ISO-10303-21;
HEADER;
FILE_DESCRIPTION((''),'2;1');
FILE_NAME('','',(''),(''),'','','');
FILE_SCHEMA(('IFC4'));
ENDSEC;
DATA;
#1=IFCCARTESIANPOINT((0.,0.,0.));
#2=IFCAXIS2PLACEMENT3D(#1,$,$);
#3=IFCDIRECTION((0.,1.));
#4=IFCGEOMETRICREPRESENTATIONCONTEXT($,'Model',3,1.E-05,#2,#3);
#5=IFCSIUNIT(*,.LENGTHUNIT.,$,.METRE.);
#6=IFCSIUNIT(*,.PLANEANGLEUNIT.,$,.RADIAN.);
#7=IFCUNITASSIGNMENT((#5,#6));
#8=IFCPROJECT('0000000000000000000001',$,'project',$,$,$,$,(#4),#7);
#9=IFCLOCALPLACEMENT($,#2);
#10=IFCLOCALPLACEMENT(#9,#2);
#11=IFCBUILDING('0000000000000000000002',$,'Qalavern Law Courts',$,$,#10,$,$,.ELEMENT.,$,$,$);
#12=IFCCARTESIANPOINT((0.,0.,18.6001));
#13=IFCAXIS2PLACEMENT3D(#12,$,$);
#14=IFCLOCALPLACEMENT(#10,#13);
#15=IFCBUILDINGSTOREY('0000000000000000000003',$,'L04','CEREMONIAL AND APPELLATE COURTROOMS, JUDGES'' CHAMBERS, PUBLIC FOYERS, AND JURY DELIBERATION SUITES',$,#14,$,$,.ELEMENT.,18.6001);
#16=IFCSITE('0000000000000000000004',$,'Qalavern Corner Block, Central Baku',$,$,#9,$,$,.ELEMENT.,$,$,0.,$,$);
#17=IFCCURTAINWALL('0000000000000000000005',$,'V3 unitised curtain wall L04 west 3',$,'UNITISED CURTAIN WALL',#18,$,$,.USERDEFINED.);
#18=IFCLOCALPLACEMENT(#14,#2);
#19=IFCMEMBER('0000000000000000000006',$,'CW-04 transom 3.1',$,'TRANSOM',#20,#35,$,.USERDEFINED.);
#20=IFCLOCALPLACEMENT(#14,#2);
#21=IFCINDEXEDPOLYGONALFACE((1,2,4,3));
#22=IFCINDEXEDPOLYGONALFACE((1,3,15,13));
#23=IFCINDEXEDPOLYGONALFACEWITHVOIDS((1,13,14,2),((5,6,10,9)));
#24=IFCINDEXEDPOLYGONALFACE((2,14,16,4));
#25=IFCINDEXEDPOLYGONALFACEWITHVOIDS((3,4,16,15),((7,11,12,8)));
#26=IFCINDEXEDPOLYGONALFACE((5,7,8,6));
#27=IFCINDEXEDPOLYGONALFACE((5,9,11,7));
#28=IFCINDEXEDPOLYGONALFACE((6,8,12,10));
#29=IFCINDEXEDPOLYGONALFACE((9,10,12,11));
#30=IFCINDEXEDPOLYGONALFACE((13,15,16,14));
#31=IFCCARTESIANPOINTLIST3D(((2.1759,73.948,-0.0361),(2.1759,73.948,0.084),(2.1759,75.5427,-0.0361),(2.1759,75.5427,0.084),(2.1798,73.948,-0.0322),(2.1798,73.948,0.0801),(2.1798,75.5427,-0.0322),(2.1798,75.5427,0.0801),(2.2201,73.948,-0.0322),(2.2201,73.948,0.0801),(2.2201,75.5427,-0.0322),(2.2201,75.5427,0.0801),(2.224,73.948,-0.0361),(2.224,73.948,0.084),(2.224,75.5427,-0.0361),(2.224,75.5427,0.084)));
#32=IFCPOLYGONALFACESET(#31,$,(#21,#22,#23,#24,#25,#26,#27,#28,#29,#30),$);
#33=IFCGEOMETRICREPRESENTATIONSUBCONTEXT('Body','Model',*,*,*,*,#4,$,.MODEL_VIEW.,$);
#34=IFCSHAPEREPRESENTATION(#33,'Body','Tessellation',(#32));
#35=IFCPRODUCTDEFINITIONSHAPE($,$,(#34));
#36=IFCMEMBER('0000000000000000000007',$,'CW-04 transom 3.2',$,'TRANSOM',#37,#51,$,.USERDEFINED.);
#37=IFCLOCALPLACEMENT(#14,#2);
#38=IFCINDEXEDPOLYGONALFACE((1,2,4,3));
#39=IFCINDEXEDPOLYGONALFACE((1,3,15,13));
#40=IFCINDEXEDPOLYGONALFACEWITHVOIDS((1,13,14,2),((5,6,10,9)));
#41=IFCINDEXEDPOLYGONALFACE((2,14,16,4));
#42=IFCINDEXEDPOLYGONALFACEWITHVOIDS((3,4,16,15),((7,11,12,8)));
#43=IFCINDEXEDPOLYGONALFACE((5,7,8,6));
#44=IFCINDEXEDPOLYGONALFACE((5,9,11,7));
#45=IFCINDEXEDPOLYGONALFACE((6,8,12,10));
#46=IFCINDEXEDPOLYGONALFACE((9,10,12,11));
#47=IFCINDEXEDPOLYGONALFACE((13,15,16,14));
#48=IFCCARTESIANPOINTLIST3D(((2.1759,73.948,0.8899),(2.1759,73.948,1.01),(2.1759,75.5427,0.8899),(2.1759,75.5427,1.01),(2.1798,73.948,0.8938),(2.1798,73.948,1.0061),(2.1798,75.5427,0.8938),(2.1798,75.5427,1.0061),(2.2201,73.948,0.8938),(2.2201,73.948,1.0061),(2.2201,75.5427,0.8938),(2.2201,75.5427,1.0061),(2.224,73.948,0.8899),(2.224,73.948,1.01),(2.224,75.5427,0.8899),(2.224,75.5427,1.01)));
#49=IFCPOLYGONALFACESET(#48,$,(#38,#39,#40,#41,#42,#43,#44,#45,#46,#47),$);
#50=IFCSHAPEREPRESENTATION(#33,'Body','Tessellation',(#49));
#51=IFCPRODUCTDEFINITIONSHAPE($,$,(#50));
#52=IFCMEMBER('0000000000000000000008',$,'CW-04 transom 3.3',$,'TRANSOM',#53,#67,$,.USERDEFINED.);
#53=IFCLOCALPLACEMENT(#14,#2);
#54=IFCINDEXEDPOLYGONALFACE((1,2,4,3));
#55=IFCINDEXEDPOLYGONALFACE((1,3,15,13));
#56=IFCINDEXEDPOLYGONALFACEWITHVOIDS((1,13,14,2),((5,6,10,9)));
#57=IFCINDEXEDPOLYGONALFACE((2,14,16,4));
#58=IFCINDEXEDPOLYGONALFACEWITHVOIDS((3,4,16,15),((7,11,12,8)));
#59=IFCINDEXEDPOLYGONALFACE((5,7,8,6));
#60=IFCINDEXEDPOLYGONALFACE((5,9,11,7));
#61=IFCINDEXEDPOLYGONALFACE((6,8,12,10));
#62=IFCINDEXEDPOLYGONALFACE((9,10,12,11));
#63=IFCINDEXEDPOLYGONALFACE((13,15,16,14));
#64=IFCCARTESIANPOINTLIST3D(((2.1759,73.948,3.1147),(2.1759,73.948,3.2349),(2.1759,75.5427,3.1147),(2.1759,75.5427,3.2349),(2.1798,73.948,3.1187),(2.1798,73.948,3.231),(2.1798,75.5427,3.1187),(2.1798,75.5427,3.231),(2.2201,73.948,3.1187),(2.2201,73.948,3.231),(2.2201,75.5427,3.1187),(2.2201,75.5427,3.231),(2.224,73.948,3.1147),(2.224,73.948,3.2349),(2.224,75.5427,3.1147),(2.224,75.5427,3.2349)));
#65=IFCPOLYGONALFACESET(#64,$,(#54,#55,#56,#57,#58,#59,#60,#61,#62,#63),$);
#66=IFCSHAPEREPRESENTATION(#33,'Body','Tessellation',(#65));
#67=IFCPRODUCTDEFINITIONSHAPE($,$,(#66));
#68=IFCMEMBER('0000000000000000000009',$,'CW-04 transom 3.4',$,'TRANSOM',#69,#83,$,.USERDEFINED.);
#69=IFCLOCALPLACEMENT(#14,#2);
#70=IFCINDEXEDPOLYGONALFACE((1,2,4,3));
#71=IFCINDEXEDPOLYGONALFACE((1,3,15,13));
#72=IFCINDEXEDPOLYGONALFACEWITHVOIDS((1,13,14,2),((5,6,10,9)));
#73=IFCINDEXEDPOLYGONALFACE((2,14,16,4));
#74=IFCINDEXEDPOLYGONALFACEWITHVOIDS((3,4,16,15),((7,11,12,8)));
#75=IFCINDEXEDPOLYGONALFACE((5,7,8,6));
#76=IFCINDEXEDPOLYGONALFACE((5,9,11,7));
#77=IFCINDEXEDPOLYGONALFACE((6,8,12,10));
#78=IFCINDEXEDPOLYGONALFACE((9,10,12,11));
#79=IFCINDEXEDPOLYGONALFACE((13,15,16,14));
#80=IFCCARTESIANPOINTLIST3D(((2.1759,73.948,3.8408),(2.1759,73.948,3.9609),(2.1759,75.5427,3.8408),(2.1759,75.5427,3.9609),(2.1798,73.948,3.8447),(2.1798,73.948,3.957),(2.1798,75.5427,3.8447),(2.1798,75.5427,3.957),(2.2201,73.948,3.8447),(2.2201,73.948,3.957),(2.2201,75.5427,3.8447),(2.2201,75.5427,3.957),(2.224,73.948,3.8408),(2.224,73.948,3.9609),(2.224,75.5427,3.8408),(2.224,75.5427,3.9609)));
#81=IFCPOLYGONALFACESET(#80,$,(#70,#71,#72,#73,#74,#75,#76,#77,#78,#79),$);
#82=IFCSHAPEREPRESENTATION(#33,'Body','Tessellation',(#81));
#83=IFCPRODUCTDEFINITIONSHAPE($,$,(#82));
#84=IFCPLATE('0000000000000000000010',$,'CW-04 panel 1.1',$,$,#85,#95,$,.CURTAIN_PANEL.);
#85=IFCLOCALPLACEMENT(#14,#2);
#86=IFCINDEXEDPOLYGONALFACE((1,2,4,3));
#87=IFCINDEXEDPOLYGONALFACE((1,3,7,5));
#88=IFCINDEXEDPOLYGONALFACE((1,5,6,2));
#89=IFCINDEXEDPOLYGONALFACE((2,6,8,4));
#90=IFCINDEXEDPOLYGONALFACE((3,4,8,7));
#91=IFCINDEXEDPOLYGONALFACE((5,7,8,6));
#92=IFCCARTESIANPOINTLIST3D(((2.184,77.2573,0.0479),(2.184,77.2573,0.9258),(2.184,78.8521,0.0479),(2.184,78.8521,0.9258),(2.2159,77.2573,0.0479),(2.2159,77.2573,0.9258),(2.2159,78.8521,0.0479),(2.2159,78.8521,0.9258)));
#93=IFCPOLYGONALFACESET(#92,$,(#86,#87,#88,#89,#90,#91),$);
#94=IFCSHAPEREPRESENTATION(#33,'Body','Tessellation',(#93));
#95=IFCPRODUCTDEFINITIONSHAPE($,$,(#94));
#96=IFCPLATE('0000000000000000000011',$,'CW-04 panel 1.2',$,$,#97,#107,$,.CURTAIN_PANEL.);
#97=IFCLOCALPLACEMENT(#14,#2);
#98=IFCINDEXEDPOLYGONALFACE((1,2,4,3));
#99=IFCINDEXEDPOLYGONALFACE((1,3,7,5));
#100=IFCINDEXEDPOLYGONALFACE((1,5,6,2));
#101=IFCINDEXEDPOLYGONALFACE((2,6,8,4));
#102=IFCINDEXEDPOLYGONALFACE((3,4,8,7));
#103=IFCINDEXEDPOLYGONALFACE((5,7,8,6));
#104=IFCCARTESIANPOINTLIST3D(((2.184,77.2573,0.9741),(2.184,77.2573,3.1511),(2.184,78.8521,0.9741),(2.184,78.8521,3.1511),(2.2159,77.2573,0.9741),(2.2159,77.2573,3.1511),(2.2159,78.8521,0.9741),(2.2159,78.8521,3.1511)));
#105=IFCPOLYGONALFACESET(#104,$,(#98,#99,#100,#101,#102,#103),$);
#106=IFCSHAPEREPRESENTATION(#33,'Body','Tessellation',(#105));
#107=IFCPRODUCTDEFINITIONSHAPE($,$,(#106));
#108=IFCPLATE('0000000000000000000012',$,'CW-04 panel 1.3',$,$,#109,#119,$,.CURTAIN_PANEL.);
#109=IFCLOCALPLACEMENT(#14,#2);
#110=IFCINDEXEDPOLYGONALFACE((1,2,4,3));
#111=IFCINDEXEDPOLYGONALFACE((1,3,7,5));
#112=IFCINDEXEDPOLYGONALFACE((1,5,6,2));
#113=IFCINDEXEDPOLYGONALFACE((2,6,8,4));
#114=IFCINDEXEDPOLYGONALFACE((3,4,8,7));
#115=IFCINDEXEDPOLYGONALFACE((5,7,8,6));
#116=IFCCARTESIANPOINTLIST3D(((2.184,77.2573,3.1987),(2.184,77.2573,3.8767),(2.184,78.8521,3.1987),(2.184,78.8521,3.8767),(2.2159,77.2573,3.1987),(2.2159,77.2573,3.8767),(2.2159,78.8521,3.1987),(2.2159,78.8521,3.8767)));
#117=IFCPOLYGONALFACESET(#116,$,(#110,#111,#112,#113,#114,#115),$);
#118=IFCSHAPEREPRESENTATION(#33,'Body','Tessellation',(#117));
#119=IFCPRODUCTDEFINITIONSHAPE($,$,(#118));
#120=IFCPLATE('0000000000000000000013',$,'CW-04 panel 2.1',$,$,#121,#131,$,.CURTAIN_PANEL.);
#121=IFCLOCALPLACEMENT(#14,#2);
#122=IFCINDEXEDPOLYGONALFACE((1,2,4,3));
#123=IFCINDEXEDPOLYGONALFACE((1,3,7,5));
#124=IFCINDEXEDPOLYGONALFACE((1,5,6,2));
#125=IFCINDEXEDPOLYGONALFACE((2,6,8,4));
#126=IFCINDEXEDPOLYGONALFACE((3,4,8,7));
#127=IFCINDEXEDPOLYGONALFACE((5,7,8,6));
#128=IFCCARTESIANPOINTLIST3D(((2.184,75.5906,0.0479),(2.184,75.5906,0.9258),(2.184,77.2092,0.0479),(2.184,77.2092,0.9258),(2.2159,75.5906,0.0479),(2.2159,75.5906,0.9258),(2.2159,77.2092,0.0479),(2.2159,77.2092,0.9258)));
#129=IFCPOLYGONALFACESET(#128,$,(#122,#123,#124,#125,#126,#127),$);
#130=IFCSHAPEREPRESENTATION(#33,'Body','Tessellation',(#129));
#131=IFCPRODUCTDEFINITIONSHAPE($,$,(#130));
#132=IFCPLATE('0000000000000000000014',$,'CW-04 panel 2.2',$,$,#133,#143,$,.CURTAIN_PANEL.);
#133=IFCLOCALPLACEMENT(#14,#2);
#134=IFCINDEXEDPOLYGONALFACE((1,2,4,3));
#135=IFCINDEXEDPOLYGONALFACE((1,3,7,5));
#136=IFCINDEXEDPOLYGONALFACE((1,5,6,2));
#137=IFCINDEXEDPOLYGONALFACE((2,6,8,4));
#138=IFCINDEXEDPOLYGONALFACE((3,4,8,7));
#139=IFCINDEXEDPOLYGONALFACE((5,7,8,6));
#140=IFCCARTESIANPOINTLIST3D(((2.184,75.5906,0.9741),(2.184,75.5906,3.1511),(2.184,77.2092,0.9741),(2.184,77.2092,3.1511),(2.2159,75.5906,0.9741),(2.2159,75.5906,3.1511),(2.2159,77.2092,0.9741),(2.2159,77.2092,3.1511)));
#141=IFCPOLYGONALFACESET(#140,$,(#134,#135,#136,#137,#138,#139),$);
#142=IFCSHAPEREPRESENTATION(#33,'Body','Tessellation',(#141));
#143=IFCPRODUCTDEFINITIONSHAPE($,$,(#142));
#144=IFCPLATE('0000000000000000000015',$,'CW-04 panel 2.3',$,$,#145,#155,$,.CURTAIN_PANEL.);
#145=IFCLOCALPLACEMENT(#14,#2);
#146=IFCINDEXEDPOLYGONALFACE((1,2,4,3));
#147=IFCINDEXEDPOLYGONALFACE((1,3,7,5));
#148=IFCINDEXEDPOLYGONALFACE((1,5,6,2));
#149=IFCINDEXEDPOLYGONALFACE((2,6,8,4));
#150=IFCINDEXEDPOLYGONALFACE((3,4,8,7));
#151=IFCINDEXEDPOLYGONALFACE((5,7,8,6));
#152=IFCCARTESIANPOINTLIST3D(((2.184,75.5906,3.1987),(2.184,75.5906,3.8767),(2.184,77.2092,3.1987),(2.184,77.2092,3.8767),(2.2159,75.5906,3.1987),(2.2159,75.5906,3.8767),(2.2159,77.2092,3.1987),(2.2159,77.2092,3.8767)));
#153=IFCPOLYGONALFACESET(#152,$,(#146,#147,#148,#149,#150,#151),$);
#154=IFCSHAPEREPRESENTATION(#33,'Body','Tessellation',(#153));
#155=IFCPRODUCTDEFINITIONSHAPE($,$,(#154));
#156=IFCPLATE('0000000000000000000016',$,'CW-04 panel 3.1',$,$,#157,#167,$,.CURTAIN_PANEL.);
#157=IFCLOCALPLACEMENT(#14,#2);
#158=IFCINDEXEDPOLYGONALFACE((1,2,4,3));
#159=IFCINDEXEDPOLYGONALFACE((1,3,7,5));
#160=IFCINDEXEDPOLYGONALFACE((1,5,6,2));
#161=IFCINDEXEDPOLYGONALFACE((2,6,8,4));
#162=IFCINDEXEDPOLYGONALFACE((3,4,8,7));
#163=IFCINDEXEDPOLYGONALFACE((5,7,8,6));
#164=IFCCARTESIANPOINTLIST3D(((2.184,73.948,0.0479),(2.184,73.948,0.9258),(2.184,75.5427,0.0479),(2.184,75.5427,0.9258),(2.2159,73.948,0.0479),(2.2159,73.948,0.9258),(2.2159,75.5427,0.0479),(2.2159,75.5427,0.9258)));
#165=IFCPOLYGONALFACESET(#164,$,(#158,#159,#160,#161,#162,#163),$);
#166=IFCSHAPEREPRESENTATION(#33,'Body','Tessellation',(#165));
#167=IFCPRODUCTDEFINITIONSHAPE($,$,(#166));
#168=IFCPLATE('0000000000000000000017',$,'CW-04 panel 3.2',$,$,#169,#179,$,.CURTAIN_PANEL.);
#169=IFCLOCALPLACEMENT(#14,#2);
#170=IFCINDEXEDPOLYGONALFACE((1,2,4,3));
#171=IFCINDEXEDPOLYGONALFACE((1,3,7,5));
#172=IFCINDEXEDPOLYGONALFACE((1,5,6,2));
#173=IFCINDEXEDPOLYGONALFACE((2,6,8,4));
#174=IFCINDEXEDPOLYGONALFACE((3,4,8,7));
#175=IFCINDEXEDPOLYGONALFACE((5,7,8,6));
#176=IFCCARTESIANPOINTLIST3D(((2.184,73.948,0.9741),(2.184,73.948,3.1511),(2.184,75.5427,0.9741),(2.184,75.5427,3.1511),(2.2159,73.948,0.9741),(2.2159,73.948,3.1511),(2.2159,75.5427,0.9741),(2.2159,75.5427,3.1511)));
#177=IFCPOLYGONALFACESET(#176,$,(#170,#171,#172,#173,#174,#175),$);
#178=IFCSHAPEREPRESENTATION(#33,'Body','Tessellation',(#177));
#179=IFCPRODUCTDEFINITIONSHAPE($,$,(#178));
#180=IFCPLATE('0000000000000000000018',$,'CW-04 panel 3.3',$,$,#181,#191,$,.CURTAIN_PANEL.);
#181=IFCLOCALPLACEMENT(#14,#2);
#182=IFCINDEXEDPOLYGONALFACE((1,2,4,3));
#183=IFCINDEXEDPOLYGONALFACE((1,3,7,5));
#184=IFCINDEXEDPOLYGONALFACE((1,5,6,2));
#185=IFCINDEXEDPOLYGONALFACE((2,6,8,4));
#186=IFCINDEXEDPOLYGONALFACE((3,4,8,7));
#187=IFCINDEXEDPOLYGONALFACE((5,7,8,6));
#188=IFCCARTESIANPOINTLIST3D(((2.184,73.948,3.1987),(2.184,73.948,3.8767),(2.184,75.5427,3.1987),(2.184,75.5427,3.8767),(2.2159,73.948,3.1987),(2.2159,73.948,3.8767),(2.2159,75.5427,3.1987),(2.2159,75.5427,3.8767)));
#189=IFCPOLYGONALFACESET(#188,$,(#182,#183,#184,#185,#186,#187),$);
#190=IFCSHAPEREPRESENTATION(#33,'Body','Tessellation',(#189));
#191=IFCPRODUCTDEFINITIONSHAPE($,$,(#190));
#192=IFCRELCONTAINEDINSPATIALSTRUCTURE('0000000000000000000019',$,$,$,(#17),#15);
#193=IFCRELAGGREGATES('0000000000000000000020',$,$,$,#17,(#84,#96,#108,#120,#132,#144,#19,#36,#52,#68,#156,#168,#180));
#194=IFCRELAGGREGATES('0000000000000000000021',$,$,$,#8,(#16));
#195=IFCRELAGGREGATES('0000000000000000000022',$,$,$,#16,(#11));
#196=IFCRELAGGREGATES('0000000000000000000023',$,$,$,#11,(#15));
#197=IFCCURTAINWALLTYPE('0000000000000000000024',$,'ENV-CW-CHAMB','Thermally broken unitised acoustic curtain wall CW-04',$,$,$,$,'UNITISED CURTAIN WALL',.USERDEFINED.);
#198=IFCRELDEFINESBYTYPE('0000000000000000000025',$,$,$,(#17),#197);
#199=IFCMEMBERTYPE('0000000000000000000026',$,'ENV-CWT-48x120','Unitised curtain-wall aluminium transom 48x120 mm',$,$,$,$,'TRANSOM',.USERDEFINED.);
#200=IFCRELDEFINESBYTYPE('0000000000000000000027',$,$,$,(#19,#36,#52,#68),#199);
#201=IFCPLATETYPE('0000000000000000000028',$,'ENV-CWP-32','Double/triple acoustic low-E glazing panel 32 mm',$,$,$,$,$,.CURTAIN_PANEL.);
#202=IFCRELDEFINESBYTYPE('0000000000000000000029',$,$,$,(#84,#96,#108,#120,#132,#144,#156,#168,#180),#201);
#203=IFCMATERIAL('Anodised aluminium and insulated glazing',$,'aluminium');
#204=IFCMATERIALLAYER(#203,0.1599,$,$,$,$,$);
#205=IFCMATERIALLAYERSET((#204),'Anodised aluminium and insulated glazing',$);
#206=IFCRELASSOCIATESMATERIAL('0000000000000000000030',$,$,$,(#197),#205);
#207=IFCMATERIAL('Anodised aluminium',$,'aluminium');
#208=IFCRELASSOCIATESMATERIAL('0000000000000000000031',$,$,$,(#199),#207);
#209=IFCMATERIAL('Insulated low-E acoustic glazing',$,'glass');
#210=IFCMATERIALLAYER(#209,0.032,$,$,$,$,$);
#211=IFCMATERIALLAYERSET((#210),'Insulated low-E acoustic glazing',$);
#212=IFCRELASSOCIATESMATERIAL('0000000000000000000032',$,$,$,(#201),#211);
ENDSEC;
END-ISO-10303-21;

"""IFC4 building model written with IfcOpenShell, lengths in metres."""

from ifc_helpers import new_model, si_unit, direction, frame, origin, origin_2d, place, context, subcontext, project, spatial, rectangle, hollow_rectangle, extrude, material, layer, layer_set, material_profile, profile_set, type_object, element, aggregate, save


model = new_model("IFC4")

# Units and contexts
model_context = context("Model", 3, precision=1e-05, world=origin(), true_north=direction((0.0, 1.0)))
body_context = subcontext(model_context, "Body", "Model", "MODEL_VIEW")
ifc_project = project(units=[si_unit("LENGTHUNIT", "METRE"), si_unit("PLANEANGLEUNIT", "RADIAN")], contexts=[model_context])

# Site, building, storey
site_placement = place(None, origin())
site = spatial("IfcSite", under=ifc_project, at=site_placement, Name="Qalavern Corner Block, Central Baku", CompositionType="ELEMENT", RefElevation=0.0)
building_placement = place(site_placement, origin())
building = spatial("IfcBuilding", under=site, at=building_placement, Name="Qalavern Law Courts", CompositionType="ELEMENT")
storey_placement = place(building_placement, frame((0.0, 0.0, 18.6001)))
storey = spatial("IfcBuildingStorey", under=building, at=storey_placement, Name="L04", Description="CEREMONIAL AND APPELLATE COURTROOMS, JUDGES' CHAMBERS, PUBLIC FOYERS, AND JURY DELIBERATION SUITES", CompositionType="ELEMENT", Elevation=18.6001)

# Curtain wall, members, plates
ifc_material_1 = material(Name="Anodised aluminium and insulated glazing", Category="aluminium")
ifc_layer_1 = layer(ifc_material_1, 0.1599)
ifc_layer_set_1 = layer_set([ifc_layer_1], Name="Anodised aluminium and insulated glazing")
curtain_wall_type = type_object("IfcCurtainWallType", Name="ENV-CW-CHAMB", Description="Thermally broken unitised acoustic curtain wall CW-04", ElementType="UNITISED CURTAIN WALL", PredefinedType="USERDEFINED", material=ifc_layer_set_1)
curtain_wall_placement = place(storey_placement, origin())
curtain_wall = element("IfcCurtainWall", 1, at=curtain_wall_placement, inside=storey, type_object=curtain_wall_type, Name="V3 unitised curtain wall L04 west 3", ObjectType="UNITISED CURTAIN WALL", PredefinedType="USERDEFINED")
ifc_material_2 = material(Name="Anodised aluminium", Category="aluminium")
ifc_material_profile_1 = material_profile(ifc_material_2, hollow_rectangle(XDim=0.0481, YDim=0.1201, WallThickness=0.0039, at=origin_2d()), Name="ALU TRANSOM 48x120")
ifc_profile_set_1 = profile_set([ifc_material_profile_1], Name="Anodised aluminium")
member_type_1 = type_object("IfcMemberType", Name="ENV-CWT-48x120", Description="Unitised curtain-wall aluminium transom 48x120 mm", ElementType="TRANSOM", PredefinedType="USERDEFINED", material=ifc_profile_set_1)
member_1_placement = place(storey_placement, frame((2.2, 75.5427, 0.0239), z_axis=(0.0, -1.0, 0.0), x_axis=(1.0, 0.0, 0.0)))
member_1 = element("IfcMember", 2, at=member_1_placement, type_object=member_type_1, Name="CW-04 transom 3.1", ObjectType="TRANSOM", PredefinedType="USERDEFINED", context=body_context, shape_type="SweptSolid", body=[
    extrude(hollow_rectangle(XDim=0.0481, YDim=0.1201, WallThickness=0.0039, at=origin_2d()), origin(), (0.0, 0.0, 1.0), 1.5947),
])
member_2_placement = place(storey_placement, frame((2.2, 75.5427, 0.95), z_axis=(0.0, -1.0, 0.0), x_axis=(1.0, 0.0, 0.0)))
member_2 = element("IfcMember", 3, at=member_2_placement, type_object=member_type_1, Name="CW-04 transom 3.2", ObjectType="TRANSOM", PredefinedType="USERDEFINED", context=body_context, shape_type="SweptSolid", body=[
    extrude(hollow_rectangle(XDim=0.0481, YDim=0.1201, WallThickness=0.0039, at=origin_2d()), origin(), (0.0, 0.0, 1.0), 1.5947),
])
member_3_placement = place(storey_placement, frame((2.2, 75.5427, 3.1748), z_axis=(0.0, -1.0, 0.0), x_axis=(1.0, 0.0, 0.0)))
member_3 = element("IfcMember", 4, at=member_3_placement, type_object=member_type_1, Name="CW-04 transom 3.3", ObjectType="TRANSOM", PredefinedType="USERDEFINED", context=body_context, shape_type="SweptSolid", body=[
    extrude(hollow_rectangle(XDim=0.0481, YDim=0.1201, WallThickness=0.0039, at=origin_2d()), origin(), (0.0, 0.0, 1.0), 1.5947),
])
member_4_placement = place(storey_placement, frame((2.2, 75.5427, 3.9009), z_axis=(0.0, -1.0, 0.0), x_axis=(1.0, 0.0, 0.0)))
member_4 = element("IfcMember", 5, at=member_4_placement, type_object=member_type_1, Name="CW-04 transom 3.4", ObjectType="TRANSOM", PredefinedType="USERDEFINED", context=body_context, shape_type="SweptSolid", body=[
    extrude(hollow_rectangle(XDim=0.0481, YDim=0.1201, WallThickness=0.0039, at=origin_2d()), origin(), (0.0, 0.0, 1.0), 1.5947),
])
ifc_material_3 = material(Name="Insulated low-E acoustic glazing", Category="glass")
ifc_layer_2 = layer(ifc_material_3, 0.032)
ifc_layer_set_2 = layer_set([ifc_layer_2], Name="Insulated low-E acoustic glazing")
plate_type = type_object("IfcPlateType", Name="ENV-CWP-32", Description="Double/triple acoustic low-E glazing panel 32 mm", PredefinedType="CURTAIN_PANEL", material=ifc_layer_set_2)
plate_1_placement = place(storey_placement, frame((2.2, 78.0547, 0.0479), z_axis=(0.0, 0.0, 1.0), x_axis=(0.0, -1.0, 0.0)))
plate_1 = element("IfcPlate", 6, at=plate_1_placement, type_object=plate_type, Name="CW-04 panel 1.1", PredefinedType="CURTAIN_PANEL", context=body_context, shape_type="SweptSolid", body=[
    extrude(rectangle(XDim=1.5947, YDim=0.032, at=origin_2d()), origin(), (0.0, 0.0, 1.0), 0.8779),
])
plate_2_placement = place(storey_placement, frame((2.2, 78.0547, 0.9741), z_axis=(0.0, 0.0, 1.0), x_axis=(0.0, -1.0, 0.0)))
plate_2 = element("IfcPlate", 7, at=plate_2_placement, type_object=plate_type, Name="CW-04 panel 1.2", PredefinedType="CURTAIN_PANEL", context=body_context, shape_type="SweptSolid", body=[
    extrude(rectangle(XDim=1.5947, YDim=0.032, at=origin_2d()), origin(), (0.0, 0.0, 1.0), 2.177),
])
plate_3_placement = place(storey_placement, frame((2.2, 78.0547, 3.1987), z_axis=(0.0, 0.0, 1.0), x_axis=(0.0, -1.0, 0.0)))
plate_3 = element("IfcPlate", 8, at=plate_3_placement, type_object=plate_type, Name="CW-04 panel 1.3", PredefinedType="CURTAIN_PANEL", context=body_context, shape_type="SweptSolid", body=[
    extrude(rectangle(XDim=1.5947, YDim=0.032, at=origin_2d()), origin(), (0.0, 0.0, 1.0), 0.678),
])
plate_4_placement = place(storey_placement, frame((2.2, 76.3999, 0.0479), z_axis=(0.0, 0.0, 1.0), x_axis=(0.0, -1.0, 0.0)))
plate_4 = element("IfcPlate", 9, at=plate_4_placement, type_object=plate_type, Name="CW-04 panel 2.1", PredefinedType="CURTAIN_PANEL", context=body_context, shape_type="SweptSolid", body=[
    extrude(rectangle(XDim=1.6187, YDim=0.032, at=origin_2d()), origin(), (0.0, 0.0, 1.0), 0.8779),
])
plate_5_placement = place(storey_placement, frame((2.2, 76.3999, 0.9741), z_axis=(0.0, 0.0, 1.0), x_axis=(0.0, -1.0, 0.0)))
plate_5 = element("IfcPlate", 10, at=plate_5_placement, type_object=plate_type, Name="CW-04 panel 2.2", PredefinedType="CURTAIN_PANEL", context=body_context, shape_type="SweptSolid", body=[
    extrude(rectangle(XDim=1.6187, YDim=0.032, at=origin_2d()), origin(), (0.0, 0.0, 1.0), 2.177),
])
plate_6_placement = place(storey_placement, frame((2.2, 76.3999, 3.1987), z_axis=(0.0, 0.0, 1.0), x_axis=(0.0, -1.0, 0.0)))
plate_6 = element("IfcPlate", 11, at=plate_6_placement, type_object=plate_type, Name="CW-04 panel 2.3", PredefinedType="CURTAIN_PANEL", context=body_context, shape_type="SweptSolid", body=[
    extrude(rectangle(XDim=1.6187, YDim=0.032, at=origin_2d()), origin(), (0.0, 0.0, 1.0), 0.678),
])
plate_7_placement = place(storey_placement, frame((2.2, 74.7454, 0.0479), z_axis=(0.0, 0.0, 1.0), x_axis=(0.0, -1.0, 0.0)))
plate_7 = element("IfcPlate", 12, at=plate_7_placement, type_object=plate_type, Name="CW-04 panel 3.1", PredefinedType="CURTAIN_PANEL", context=body_context, shape_type="SweptSolid", body=[
    extrude(rectangle(XDim=1.5947, YDim=0.032, at=origin_2d()), origin(), (0.0, 0.0, 1.0), 0.8779),
])
plate_8_placement = place(storey_placement, frame((2.2, 74.7454, 0.9741), z_axis=(0.0, 0.0, 1.0), x_axis=(0.0, -1.0, 0.0)))
plate_8 = element("IfcPlate", 13, at=plate_8_placement, type_object=plate_type, Name="CW-04 panel 3.2", PredefinedType="CURTAIN_PANEL", context=body_context, shape_type="SweptSolid", body=[
    extrude(rectangle(XDim=1.5947, YDim=0.032, at=origin_2d()), origin(), (0.0, 0.0, 1.0), 2.177),
])
plate_9_placement = place(storey_placement, frame((2.2, 74.7454, 3.1987), z_axis=(0.0, 0.0, 1.0), x_axis=(0.0, -1.0, 0.0)))
plate_9 = element("IfcPlate", 14, at=plate_9_placement, type_object=plate_type, Name="CW-04 panel 3.3", PredefinedType="CURTAIN_PANEL", context=body_context, shape_type="SweptSolid", body=[
    extrude(rectangle(XDim=1.5947, YDim=0.032, at=origin_2d()), origin(), (0.0, 0.0, 1.0), 0.678),
])
aggregate(curtain_wall, [plate_1, plate_2, plate_3, plate_4, plate_5, plate_6, member_1, member_2, member_3, member_4, plate_7, plate_8, plate_9])

save(model, "model.ifc")
